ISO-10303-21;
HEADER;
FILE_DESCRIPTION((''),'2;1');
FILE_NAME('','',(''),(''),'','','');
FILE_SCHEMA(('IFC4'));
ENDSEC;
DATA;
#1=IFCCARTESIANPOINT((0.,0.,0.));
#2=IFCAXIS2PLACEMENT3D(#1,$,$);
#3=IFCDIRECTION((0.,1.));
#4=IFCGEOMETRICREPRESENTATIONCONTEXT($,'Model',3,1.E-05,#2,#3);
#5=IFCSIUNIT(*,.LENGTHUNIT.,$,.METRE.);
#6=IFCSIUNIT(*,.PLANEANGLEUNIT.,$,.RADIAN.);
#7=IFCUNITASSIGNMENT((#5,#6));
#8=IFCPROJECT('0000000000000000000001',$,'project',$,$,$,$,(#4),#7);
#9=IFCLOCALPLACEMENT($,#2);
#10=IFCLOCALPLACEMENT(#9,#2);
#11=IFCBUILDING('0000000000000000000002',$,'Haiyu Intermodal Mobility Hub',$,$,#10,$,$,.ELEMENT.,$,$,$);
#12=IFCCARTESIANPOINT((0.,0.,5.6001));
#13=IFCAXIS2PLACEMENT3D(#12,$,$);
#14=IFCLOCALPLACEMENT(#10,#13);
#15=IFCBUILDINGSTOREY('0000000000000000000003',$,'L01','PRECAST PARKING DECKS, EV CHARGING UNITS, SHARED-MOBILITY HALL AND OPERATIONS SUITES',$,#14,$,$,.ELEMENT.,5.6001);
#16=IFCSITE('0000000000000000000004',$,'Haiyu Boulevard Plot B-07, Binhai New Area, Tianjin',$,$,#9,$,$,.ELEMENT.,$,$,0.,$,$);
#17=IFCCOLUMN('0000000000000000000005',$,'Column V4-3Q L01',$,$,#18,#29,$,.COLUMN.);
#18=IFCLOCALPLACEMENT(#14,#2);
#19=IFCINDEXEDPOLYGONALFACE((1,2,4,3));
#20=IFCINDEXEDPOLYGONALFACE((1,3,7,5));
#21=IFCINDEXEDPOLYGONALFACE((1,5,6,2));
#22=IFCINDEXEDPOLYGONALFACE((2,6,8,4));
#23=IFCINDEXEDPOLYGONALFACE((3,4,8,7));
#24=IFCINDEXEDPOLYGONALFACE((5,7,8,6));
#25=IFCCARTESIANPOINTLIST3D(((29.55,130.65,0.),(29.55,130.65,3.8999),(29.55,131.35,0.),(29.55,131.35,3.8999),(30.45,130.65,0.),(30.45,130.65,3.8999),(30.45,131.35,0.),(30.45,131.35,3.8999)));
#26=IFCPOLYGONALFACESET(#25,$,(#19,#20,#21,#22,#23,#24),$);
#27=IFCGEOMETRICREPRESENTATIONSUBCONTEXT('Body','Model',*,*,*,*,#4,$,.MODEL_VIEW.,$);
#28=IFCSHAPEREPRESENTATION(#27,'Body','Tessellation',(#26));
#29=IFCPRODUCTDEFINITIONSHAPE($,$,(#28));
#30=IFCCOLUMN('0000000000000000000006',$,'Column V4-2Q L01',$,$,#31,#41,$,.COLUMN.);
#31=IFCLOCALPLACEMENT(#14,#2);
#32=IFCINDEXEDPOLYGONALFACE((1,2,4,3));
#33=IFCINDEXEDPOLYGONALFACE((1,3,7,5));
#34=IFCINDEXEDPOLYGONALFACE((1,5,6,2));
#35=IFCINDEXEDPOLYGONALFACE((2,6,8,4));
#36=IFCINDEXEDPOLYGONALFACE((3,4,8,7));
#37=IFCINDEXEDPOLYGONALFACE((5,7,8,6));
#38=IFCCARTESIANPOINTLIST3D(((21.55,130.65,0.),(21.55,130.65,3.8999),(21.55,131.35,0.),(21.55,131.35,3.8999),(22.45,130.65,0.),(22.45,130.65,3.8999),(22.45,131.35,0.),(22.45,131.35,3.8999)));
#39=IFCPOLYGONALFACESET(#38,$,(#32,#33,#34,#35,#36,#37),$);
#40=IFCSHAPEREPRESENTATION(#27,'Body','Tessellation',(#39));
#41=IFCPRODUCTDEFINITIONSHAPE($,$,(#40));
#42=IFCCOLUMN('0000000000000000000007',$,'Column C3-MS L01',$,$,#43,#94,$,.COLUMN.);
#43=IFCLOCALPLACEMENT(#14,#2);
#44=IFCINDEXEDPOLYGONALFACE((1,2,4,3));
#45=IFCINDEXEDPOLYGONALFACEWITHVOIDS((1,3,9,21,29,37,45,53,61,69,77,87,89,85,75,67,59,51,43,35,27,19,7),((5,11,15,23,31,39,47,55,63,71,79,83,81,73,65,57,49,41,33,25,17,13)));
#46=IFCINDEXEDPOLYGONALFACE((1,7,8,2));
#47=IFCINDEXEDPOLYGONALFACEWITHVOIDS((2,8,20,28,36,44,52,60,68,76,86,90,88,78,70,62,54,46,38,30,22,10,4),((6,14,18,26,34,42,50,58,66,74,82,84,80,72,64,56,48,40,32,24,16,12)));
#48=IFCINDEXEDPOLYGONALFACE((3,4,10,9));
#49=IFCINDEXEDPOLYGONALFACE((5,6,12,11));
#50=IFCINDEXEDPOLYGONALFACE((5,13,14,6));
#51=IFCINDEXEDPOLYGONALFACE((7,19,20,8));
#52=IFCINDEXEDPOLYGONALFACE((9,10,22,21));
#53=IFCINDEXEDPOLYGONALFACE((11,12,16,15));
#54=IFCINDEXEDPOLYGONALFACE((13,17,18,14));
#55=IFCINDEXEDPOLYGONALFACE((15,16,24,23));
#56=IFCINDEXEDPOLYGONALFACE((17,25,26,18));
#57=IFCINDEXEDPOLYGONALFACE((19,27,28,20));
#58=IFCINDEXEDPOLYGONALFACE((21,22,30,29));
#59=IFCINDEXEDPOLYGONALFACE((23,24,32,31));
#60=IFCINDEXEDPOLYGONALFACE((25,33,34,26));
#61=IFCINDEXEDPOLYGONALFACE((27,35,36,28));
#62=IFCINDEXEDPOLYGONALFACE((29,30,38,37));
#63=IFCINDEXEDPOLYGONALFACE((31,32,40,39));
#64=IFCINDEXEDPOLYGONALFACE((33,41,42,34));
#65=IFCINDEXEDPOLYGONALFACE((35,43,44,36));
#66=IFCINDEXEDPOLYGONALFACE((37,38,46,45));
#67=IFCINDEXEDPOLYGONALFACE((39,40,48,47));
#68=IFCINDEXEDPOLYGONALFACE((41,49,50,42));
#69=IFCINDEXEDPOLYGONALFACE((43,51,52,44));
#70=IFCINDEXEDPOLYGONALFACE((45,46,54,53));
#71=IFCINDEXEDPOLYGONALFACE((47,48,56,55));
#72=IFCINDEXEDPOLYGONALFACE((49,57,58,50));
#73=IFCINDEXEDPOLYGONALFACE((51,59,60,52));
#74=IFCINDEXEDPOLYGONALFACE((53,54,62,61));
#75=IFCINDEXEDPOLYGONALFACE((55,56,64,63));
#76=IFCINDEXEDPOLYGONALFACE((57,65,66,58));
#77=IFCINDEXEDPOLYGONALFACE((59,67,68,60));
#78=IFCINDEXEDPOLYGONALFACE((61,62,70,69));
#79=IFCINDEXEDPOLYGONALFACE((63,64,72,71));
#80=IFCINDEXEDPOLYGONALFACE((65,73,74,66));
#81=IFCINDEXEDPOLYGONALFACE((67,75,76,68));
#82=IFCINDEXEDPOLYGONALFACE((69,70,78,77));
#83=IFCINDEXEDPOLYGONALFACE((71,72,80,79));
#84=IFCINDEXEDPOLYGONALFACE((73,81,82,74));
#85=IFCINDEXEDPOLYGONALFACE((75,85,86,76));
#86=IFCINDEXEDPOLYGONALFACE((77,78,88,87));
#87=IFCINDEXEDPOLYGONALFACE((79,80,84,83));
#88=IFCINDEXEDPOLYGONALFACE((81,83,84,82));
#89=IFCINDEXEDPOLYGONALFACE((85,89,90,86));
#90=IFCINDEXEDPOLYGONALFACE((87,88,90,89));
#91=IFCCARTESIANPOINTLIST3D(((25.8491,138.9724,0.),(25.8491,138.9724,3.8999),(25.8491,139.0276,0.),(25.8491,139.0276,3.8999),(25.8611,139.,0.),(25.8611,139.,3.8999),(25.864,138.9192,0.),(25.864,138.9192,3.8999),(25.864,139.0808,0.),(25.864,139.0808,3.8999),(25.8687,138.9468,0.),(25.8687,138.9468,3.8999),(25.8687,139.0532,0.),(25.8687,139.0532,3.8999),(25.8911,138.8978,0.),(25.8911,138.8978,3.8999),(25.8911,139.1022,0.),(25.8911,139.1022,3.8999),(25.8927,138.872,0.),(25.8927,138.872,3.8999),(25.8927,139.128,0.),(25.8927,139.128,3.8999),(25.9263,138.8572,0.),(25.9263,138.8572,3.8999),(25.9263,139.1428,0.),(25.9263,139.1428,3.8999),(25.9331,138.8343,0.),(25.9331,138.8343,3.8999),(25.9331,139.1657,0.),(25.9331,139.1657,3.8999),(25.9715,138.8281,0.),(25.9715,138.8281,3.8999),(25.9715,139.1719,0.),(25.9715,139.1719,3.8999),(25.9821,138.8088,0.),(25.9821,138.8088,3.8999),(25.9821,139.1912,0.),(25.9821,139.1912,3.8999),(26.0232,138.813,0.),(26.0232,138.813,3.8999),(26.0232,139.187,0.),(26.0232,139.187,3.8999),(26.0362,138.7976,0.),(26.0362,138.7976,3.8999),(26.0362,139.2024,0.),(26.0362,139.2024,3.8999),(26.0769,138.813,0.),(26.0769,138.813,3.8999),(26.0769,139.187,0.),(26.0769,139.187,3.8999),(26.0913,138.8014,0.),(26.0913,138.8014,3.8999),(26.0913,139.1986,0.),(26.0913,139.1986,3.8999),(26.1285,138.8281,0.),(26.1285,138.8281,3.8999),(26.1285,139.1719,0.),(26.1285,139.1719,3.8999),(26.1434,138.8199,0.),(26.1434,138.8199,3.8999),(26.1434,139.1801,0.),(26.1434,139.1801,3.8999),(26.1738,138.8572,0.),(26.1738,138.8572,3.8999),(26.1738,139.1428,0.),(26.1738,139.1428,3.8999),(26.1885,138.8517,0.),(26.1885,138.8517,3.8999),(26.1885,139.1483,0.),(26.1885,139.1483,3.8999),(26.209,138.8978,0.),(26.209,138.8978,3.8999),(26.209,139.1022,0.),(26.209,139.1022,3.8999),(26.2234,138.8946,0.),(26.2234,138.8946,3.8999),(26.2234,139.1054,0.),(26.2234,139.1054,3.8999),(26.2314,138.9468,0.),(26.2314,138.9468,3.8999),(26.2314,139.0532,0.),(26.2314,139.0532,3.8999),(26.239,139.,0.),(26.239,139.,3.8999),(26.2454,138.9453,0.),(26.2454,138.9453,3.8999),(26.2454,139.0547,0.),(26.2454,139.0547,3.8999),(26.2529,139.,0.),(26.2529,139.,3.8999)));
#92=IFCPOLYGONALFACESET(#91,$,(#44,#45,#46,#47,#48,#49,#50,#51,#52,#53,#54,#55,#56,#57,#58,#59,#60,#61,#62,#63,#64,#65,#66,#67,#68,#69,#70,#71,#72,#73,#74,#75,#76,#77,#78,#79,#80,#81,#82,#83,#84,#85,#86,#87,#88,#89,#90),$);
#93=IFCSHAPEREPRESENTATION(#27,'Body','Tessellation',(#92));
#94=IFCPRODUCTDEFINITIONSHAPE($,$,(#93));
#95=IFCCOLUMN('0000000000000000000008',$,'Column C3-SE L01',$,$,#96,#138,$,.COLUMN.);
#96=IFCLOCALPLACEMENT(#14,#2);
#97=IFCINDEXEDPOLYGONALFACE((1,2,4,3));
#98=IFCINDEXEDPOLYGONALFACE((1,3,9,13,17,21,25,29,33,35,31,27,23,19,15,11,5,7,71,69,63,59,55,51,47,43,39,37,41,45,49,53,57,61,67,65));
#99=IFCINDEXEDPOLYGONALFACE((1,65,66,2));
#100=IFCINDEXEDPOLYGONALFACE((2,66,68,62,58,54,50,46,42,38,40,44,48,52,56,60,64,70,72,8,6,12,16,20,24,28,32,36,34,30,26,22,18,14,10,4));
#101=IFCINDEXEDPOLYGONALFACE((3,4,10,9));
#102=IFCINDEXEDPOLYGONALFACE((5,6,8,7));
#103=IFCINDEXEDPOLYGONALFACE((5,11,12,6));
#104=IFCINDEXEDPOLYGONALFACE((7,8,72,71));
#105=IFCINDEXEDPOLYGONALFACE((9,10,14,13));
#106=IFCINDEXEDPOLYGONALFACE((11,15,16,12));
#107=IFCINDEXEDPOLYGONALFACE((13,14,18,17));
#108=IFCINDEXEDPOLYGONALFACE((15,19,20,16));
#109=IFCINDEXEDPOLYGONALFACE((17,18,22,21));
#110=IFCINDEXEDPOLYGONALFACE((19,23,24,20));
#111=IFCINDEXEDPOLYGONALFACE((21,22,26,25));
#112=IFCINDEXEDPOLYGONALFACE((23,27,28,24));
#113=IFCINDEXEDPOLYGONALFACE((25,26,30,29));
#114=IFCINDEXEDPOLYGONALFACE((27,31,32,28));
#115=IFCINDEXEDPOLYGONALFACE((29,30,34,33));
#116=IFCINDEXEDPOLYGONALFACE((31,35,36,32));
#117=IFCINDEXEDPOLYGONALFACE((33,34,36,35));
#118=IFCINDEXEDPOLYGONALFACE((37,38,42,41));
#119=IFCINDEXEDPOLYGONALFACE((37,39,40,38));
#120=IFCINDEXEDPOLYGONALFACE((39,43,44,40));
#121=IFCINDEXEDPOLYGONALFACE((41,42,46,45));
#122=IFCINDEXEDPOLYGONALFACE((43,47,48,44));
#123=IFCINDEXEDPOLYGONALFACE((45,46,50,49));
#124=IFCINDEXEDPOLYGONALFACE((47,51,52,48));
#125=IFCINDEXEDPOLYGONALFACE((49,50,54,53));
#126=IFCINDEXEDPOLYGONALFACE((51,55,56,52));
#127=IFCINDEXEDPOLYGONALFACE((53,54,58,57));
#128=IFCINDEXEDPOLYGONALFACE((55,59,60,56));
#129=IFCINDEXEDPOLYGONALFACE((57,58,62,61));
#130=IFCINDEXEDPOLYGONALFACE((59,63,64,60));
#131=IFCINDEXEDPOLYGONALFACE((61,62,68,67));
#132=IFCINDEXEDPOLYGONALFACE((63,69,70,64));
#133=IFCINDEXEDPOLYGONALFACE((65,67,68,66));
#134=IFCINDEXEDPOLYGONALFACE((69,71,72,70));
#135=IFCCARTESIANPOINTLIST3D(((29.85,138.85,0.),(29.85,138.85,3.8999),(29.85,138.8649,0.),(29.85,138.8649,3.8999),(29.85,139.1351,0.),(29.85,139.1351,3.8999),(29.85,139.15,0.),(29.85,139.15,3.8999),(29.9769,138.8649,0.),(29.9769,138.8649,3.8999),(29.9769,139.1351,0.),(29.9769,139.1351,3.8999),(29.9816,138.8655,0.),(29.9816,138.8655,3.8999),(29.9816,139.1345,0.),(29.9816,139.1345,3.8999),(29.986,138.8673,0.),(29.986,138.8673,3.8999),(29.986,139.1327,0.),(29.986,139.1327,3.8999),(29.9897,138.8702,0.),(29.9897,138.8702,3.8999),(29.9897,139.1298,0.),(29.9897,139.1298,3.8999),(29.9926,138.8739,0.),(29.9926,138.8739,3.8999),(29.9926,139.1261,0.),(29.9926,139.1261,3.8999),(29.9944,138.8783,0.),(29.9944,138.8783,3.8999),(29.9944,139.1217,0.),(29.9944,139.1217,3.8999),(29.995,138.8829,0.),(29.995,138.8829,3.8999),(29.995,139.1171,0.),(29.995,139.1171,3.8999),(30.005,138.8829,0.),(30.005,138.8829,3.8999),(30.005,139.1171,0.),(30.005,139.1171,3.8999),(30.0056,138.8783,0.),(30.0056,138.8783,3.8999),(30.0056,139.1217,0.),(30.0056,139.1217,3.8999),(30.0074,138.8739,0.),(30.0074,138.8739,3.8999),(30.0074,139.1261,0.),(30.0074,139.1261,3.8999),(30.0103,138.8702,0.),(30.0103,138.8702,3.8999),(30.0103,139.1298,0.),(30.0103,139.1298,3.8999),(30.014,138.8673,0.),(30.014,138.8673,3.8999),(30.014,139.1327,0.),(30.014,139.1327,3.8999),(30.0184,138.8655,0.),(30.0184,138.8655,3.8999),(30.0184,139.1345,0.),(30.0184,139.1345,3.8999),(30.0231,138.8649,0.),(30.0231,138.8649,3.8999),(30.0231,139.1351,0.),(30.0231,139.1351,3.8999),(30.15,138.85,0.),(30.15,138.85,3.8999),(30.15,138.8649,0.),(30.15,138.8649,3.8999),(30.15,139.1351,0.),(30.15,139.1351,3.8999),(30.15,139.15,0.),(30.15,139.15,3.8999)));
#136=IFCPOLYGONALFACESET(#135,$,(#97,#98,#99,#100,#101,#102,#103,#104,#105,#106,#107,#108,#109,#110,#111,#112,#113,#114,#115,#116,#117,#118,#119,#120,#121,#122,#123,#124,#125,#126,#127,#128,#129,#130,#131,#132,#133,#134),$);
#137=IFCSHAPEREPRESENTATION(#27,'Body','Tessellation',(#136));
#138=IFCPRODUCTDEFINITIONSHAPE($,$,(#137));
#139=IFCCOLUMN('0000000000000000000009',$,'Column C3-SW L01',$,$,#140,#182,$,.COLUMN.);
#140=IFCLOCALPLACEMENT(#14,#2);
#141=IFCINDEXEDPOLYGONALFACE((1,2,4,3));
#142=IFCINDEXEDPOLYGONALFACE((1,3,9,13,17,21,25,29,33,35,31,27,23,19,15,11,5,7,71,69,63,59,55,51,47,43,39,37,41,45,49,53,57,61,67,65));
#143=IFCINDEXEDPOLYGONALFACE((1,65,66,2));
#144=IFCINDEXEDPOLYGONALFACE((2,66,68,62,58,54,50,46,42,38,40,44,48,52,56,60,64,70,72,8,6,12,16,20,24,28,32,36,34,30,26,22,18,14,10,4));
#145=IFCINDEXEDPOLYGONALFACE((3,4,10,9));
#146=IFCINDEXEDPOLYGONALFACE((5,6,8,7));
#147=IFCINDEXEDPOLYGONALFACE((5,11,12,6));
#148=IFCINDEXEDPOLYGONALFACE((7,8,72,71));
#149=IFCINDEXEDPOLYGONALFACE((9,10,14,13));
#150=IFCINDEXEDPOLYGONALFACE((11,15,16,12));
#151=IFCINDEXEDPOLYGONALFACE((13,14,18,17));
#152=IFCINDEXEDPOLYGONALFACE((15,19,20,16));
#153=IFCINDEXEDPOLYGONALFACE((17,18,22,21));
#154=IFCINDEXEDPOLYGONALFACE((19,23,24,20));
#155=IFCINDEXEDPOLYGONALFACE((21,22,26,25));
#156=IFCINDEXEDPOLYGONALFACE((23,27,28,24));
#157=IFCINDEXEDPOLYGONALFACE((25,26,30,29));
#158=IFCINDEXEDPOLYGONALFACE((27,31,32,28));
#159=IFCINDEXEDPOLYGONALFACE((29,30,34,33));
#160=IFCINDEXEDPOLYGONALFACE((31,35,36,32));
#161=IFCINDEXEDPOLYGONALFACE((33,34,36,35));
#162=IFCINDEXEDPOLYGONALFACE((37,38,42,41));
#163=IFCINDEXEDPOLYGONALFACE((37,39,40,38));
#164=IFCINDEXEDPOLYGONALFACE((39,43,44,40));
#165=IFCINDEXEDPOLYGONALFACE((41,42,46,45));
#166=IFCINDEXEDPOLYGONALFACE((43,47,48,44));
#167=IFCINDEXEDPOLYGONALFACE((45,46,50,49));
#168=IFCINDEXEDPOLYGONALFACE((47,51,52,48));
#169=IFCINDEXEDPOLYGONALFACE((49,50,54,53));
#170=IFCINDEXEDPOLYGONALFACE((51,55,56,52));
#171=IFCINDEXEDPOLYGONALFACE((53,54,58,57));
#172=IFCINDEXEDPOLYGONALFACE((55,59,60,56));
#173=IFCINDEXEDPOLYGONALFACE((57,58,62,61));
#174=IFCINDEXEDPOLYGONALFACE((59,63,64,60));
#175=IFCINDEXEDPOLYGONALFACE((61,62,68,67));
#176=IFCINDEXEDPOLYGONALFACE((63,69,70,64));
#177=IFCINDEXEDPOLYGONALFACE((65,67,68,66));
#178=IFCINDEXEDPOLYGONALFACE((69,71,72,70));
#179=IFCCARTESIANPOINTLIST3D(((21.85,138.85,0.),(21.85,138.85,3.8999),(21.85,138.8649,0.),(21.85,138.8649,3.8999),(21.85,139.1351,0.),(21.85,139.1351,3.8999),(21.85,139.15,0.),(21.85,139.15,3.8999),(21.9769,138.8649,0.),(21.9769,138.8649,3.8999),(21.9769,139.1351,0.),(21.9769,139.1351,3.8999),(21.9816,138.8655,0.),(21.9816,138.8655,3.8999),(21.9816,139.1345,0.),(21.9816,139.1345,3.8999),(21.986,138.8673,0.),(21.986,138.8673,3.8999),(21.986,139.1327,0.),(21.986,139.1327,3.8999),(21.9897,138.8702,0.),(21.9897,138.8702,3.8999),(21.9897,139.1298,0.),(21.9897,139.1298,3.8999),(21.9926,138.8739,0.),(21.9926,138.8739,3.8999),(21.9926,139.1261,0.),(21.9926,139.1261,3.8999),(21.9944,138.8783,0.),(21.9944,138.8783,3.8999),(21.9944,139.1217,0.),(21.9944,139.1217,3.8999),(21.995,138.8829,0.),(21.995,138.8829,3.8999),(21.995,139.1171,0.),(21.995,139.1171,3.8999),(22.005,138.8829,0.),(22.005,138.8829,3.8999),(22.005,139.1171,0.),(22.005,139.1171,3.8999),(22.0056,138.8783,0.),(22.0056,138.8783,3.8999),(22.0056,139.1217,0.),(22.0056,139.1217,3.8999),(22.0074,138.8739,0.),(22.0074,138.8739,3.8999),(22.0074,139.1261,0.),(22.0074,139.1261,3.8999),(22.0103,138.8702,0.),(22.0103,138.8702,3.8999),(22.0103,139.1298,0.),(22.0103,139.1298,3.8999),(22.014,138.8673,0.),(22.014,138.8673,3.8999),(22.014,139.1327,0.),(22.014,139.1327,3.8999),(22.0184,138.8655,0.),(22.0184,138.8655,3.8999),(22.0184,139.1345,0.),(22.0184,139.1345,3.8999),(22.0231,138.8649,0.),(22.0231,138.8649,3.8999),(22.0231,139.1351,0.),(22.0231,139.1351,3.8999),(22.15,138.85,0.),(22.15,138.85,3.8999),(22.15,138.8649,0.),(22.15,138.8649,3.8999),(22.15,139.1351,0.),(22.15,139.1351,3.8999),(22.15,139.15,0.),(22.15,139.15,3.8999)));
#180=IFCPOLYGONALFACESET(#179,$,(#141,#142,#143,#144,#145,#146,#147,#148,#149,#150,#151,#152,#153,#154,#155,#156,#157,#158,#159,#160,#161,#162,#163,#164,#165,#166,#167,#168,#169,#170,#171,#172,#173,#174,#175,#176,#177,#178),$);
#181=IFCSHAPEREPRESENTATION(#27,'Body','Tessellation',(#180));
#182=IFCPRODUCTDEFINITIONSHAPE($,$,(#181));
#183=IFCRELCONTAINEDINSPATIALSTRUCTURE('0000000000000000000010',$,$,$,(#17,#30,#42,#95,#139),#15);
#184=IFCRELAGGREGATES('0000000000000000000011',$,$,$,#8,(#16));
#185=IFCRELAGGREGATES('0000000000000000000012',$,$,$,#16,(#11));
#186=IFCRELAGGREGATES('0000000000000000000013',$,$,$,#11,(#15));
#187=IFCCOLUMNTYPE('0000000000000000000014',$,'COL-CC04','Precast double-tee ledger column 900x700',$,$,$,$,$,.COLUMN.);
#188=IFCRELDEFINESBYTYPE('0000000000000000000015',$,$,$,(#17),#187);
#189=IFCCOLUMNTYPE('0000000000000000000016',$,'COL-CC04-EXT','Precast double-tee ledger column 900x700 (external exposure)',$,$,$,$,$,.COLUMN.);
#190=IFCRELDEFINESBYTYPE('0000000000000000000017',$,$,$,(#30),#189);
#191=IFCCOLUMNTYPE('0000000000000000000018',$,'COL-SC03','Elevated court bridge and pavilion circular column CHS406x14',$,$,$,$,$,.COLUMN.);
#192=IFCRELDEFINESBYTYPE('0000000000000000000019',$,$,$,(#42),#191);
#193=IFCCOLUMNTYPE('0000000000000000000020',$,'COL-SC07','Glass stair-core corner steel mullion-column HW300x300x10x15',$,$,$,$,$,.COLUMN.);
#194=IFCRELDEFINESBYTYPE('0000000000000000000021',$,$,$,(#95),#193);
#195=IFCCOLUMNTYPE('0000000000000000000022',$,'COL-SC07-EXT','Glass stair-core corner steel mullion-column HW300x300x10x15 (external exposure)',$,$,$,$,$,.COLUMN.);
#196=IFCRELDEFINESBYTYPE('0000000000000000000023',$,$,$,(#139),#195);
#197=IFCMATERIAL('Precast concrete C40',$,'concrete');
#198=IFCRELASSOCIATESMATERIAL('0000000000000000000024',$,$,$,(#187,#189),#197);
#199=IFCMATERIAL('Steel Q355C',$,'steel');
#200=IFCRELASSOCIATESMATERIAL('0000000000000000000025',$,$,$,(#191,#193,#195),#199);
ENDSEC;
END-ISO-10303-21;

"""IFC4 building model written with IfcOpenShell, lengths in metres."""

from ifc_helpers import new_model, si_unit, direction, frame, origin, origin_2d, place, context, subcontext, project, spatial, rectangle, hollow_circle, i_section, extrude, material, material_profile, profile_set, type_object, element, save


model = new_model("IFC4")

# Units and contexts
model_context = context("Model", 3, precision=1e-05, world=origin(), true_north=direction((0.0, 1.0)))
body_context = subcontext(model_context, "Body", "Model", "MODEL_VIEW")
ifc_project = project(units=[si_unit("LENGTHUNIT", "METRE"), si_unit("PLANEANGLEUNIT", "RADIAN")], contexts=[model_context])

# Site, building, storey
site_placement = place(None, origin())
site = spatial("IfcSite", under=ifc_project, at=site_placement, Name="Haiyu Boulevard Plot B-07, Binhai New Area, Tianjin", CompositionType="ELEMENT", RefElevation=0.0)
building_placement = place(site_placement, origin())
building = spatial("IfcBuilding", under=site, at=building_placement, Name="Haiyu Intermodal Mobility Hub", CompositionType="ELEMENT")
storey_placement = place(building_placement, frame((0.0, 0.0, 5.6001)))
storey = spatial("IfcBuildingStorey", under=building, at=storey_placement, Name="L01", Description="PRECAST PARKING DECKS, EV CHARGING UNITS, SHARED-MOBILITY HALL AND OPERATIONS SUITES", CompositionType="ELEMENT", Elevation=5.6001)

# Columns
ifc_material_1 = material(Name="Precast concrete C40", Category="concrete")
ifc_material_profile_1 = material_profile(ifc_material_1, rectangle(XDim=0.8999, YDim=0.7, at=origin_2d()), Name="RC900x700")
ifc_profile_set_1 = profile_set([ifc_material_profile_1], Name="Precast concrete C40")
column_type_1 = type_object("IfcColumnType", Name="COL-CC04", Description="Precast double-tee ledger column 900x700", PredefinedType="COLUMN", material=ifc_profile_set_1)
column_1_placement = place(storey_placement, frame((30.0, 131.0, 0.0), z_axis=(0.0, 0.0, 1.0), x_axis=(1.0, 0.0, 0.0)))
element("IfcColumn", 1, at=column_1_placement, inside=storey, type_object=column_type_1, Name="Column V4-3Q L01", PredefinedType="COLUMN", context=body_context, shape_type="SweptSolid", body=[
    extrude(rectangle(XDim=0.8999, YDim=0.7, at=origin_2d()), origin(), (0.0, 0.0, 1.0), 3.8999),
])
ifc_material_profile_2 = material_profile(ifc_material_1, rectangle(XDim=0.8999, YDim=0.7, at=origin_2d()), Name="RC900x700")
ifc_profile_set_2 = profile_set([ifc_material_profile_2], Name="Precast concrete C40")
column_type_2 = type_object("IfcColumnType", Name="COL-CC04-EXT", Description="Precast double-tee ledger column 900x700 (external exposure)", PredefinedType="COLUMN", material=ifc_profile_set_2)
column_2_placement = place(storey_placement, frame((22.0, 131.0, 0.0), z_axis=(0.0, 0.0, 1.0), x_axis=(1.0, 0.0, 0.0)))
element("IfcColumn", 2, at=column_2_placement, inside=storey, type_object=column_type_2, Name="Column V4-2Q L01", PredefinedType="COLUMN", context=body_context, shape_type="SweptSolid", body=[
    extrude(rectangle(XDim=0.8999, YDim=0.7, at=origin_2d()), origin(), (0.0, 0.0, 1.0), 3.8999),
])
ifc_material_2 = material(Name="Steel Q355C", Category="steel")
ifc_material_profile_3 = material_profile(ifc_material_2, hollow_circle(Radius=0.2029, WallThickness=0.0139, at=origin_2d()), Name="CHS406x14")
ifc_profile_set_3 = profile_set([ifc_material_profile_3], Name="Steel Q355C")
column_type_3 = type_object("IfcColumnType", Name="COL-SC03", Description="Elevated court bridge and pavilion circular column CHS406x14", PredefinedType="COLUMN", material=ifc_profile_set_3)
column_3_placement = place(storey_placement, frame((26.05, 139.0, 0.0), z_axis=(0.0, 0.0, 1.0), x_axis=(1.0, 0.0, 0.0)))
element("IfcColumn", 3, at=column_3_placement, inside=storey, type_object=column_type_3, Name="Column C3-MS L01", PredefinedType="COLUMN", context=body_context, shape_type="SweptSolid", body=[
    extrude(hollow_circle(Radius=0.2029, WallThickness=0.0139, at=origin_2d()), origin(), (0.0, 0.0, 1.0), 3.8999),
])
ifc_material_profile_4 = material_profile(ifc_material_2, i_section(OverallWidth=0.3, OverallDepth=0.3, WebThickness=0.01, FlangeThickness=0.0149, FilletRadius=0.0181, at=origin_2d()), Name="HW300x300x10x15")
ifc_profile_set_4 = profile_set([ifc_material_profile_4], Name="Steel Q355C")
column_type_4 = type_object("IfcColumnType", Name="COL-SC07", Description="Glass stair-core corner steel mullion-column HW300x300x10x15", PredefinedType="COLUMN", material=ifc_profile_set_4)
column_4_placement = place(storey_placement, frame((30.0, 139.0, 0.0), z_axis=(0.0, 0.0, 1.0), x_axis=(1.0, 0.0, 0.0)))
element("IfcColumn", 4, at=column_4_placement, inside=storey, type_object=column_type_4, Name="Column C3-SE L01", PredefinedType="COLUMN", context=body_context, shape_type="SweptSolid", body=[
    extrude(i_section(OverallWidth=0.3, OverallDepth=0.3, WebThickness=0.01, FlangeThickness=0.0149, FilletRadius=0.0181, at=origin_2d()), origin(), (0.0, 0.0, 1.0), 3.8999),
])
ifc_material_profile_5 = material_profile(ifc_material_2, i_section(OverallWidth=0.3, OverallDepth=0.3, WebThickness=0.01, FlangeThickness=0.0149, FilletRadius=0.0181, at=origin_2d()), Name="HW300x300x10x15")
ifc_profile_set_5 = profile_set([ifc_material_profile_5], Name="Steel Q355C")
column_type_5 = type_object("IfcColumnType", Name="COL-SC07-EXT", Description="Glass stair-core corner steel mullion-column HW300x300x10x15 (external exposure)", PredefinedType="COLUMN", material=ifc_profile_set_5)
column_5_placement = place(storey_placement, frame((22.0, 139.0, 0.0), z_axis=(0.0, 0.0, 1.0), x_axis=(1.0, 0.0, 0.0)))
element("IfcColumn", 5, at=column_5_placement, inside=storey, type_object=column_type_5, Name="Column C3-SW L01", PredefinedType="COLUMN", context=body_context, shape_type="SweptSolid", body=[
    extrude(i_section(OverallWidth=0.3, OverallDepth=0.3, WebThickness=0.01, FlangeThickness=0.0149, FilletRadius=0.0181, at=origin_2d()), origin(), (0.0, 0.0, 1.0), 3.8999),
])

save(model, "model.ifc")
